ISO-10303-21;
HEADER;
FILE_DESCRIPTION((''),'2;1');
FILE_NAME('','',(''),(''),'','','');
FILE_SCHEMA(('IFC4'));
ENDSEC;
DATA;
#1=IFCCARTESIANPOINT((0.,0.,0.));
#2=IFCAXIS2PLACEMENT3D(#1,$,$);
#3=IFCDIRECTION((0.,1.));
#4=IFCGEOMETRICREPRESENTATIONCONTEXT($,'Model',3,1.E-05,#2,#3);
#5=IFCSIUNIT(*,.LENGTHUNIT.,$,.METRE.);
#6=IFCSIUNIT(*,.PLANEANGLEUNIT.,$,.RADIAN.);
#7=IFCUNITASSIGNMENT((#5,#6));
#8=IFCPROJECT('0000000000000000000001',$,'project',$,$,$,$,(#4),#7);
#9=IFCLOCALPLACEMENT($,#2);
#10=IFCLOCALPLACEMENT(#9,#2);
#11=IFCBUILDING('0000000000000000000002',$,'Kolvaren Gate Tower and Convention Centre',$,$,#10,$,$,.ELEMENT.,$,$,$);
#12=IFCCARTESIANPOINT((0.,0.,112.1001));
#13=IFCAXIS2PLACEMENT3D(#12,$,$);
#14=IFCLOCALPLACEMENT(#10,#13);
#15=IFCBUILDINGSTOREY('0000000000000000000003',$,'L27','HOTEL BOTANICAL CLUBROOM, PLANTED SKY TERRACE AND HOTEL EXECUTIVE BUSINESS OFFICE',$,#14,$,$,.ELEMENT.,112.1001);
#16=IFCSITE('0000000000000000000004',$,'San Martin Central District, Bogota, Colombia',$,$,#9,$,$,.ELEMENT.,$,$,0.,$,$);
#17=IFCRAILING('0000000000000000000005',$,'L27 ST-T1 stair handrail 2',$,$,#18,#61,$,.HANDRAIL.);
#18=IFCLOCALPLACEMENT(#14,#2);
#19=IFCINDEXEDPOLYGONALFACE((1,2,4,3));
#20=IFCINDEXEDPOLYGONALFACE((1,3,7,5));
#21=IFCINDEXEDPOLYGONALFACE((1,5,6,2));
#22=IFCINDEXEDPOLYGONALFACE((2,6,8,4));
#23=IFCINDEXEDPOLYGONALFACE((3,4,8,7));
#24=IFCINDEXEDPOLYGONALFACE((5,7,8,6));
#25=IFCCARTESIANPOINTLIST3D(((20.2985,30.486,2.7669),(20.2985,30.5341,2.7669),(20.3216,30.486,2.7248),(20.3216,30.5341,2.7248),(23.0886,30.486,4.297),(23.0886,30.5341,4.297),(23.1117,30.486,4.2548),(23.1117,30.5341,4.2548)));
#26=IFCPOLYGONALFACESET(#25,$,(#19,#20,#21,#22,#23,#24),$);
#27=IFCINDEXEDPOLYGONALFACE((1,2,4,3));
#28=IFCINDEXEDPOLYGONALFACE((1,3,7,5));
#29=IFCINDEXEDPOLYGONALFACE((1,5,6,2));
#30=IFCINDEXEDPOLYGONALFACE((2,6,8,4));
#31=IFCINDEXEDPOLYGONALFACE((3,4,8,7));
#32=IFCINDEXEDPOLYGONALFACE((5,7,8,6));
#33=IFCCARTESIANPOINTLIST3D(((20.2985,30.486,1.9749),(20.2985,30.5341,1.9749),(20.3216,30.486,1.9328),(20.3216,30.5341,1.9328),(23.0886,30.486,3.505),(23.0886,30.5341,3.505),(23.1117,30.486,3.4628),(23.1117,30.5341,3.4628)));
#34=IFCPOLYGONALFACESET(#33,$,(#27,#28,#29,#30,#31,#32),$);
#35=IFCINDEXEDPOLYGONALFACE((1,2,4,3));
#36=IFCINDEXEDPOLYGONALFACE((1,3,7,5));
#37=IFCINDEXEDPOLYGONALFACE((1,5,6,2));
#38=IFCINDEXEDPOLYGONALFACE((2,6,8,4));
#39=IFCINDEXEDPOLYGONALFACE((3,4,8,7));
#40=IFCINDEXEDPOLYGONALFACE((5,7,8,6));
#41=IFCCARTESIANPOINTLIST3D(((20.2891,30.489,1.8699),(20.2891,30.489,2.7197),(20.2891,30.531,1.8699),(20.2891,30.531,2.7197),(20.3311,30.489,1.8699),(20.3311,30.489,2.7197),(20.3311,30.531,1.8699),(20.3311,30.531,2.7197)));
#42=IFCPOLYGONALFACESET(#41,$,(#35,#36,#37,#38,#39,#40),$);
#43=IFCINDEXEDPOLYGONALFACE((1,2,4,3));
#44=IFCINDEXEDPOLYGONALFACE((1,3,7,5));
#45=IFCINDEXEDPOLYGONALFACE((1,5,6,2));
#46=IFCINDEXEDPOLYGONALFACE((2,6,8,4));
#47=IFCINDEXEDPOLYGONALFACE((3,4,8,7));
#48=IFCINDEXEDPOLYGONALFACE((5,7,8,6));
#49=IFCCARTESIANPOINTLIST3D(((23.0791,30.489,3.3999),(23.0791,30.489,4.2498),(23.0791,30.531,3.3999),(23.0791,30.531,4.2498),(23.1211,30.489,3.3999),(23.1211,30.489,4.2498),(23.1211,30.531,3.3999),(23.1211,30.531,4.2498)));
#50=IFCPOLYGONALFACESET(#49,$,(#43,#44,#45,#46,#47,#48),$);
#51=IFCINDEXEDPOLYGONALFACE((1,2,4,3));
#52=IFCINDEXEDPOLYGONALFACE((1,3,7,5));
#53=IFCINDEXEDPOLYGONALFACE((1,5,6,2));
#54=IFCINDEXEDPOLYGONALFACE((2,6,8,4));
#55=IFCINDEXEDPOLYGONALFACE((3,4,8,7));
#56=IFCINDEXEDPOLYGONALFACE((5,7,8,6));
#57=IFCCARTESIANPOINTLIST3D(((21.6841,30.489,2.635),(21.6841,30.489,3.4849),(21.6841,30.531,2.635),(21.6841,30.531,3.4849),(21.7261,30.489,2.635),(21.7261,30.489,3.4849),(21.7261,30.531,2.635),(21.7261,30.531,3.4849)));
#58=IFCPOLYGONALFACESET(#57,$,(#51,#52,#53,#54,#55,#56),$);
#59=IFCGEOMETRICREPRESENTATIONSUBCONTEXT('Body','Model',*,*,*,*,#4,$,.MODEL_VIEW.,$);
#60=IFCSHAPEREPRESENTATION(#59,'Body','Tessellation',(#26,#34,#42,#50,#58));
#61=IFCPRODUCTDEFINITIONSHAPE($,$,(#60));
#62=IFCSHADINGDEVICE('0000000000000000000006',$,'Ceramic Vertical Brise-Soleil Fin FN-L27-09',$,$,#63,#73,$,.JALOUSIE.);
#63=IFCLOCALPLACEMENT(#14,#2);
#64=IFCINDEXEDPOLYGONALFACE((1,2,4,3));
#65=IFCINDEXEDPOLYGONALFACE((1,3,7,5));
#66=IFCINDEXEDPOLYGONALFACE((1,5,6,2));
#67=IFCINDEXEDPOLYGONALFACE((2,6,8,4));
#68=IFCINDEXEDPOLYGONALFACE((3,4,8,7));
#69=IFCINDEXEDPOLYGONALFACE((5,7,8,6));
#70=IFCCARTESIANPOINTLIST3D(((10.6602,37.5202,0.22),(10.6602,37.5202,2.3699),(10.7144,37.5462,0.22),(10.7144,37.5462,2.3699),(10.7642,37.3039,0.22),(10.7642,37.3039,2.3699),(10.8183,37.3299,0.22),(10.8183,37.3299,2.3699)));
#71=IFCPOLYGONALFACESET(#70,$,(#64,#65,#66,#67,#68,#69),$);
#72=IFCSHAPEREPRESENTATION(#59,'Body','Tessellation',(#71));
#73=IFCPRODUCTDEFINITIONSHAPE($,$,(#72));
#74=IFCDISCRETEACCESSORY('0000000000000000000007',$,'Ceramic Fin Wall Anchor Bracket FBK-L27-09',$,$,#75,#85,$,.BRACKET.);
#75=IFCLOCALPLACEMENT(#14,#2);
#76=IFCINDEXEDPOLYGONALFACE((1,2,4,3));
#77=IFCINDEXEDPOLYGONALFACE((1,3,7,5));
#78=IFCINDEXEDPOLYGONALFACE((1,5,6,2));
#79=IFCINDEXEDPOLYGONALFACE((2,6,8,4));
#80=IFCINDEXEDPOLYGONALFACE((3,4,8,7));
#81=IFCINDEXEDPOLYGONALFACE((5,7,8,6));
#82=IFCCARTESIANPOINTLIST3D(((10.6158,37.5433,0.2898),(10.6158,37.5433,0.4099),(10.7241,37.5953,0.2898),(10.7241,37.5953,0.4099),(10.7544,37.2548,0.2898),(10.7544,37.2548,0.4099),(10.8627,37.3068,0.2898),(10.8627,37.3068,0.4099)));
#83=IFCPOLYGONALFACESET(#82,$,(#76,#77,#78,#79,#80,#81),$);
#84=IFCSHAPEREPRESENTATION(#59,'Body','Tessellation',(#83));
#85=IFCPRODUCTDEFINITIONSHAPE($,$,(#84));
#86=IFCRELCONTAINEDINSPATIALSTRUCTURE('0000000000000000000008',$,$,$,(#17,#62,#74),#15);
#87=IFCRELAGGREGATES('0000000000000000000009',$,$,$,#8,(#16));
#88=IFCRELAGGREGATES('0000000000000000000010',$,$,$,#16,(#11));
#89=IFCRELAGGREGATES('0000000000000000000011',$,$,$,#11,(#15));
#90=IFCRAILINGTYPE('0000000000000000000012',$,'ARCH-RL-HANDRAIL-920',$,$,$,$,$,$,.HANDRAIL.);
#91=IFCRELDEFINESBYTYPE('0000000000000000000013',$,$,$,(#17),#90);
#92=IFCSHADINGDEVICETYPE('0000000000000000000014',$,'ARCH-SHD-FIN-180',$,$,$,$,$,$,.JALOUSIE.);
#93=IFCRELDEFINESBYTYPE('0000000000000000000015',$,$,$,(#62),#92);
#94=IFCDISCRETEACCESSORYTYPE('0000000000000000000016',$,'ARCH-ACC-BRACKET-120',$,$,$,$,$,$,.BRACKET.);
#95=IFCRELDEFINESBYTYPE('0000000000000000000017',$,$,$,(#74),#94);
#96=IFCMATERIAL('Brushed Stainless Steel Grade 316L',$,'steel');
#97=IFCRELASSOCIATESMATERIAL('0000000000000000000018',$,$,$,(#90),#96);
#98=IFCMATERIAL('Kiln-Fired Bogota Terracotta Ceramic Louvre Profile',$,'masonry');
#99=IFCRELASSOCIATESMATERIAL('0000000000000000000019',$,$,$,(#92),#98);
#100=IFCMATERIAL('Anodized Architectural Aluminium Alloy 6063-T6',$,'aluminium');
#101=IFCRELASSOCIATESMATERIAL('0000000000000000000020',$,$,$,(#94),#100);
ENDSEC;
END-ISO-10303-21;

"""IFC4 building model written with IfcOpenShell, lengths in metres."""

from ifc_helpers import new_model, si_unit, direction, frame, origin, origin_2d, place, context, subcontext, project, spatial, rectangle, extrude, material, type_object, element, save


model = new_model("IFC4")

# Units and contexts
model_context = context("Model", 3, precision=1e-05, world=origin(), true_north=direction((0.0, 1.0)))
body_context = subcontext(model_context, "Body", "Model", "MODEL_VIEW")
ifc_project = project(units=[si_unit("LENGTHUNIT", "METRE"), si_unit("PLANEANGLEUNIT", "RADIAN")], contexts=[model_context])

# Site, building, storey
site_placement = place(None, origin())
site = spatial("IfcSite", under=ifc_project, at=site_placement, Name="San Martin Central District, Bogota, Colombia", CompositionType="ELEMENT", RefElevation=0.0)
building_placement = place(site_placement, origin())
building = spatial("IfcBuilding", under=site, at=building_placement, Name="Kolvaren Gate Tower and Convention Centre", CompositionType="ELEMENT")
storey_placement = place(building_placement, frame((0.0, 0.0, 112.1001)))
storey = spatial("IfcBuildingStorey", under=building, at=storey_placement, Name="L27", Description="HOTEL BOTANICAL CLUBROOM, PLANTED SKY TERRACE AND HOTEL EXECUTIVE BUSINESS OFFICE", CompositionType="ELEMENT", Elevation=112.1001)

# Railing
ifc_material_1 = material(Name="Brushed Stainless Steel Grade 316L", Category="steel")
railing_type_1 = type_object("IfcRailingType", Name="ARCH-RL-HANDRAIL-920", PredefinedType="HANDRAIL", material=ifc_material_1)
railing_1_placement = place(storey_placement, frame((20.3101, 30.51, 1.8699)))
element("IfcRailing", 1, at=railing_1_placement, inside=storey, type_object=railing_type_1, Name="L27 ST-T1 stair handrail 2", PredefinedType="HANDRAIL", context=body_context, shape_type="SweptSolid", body=[
    extrude(rectangle(XDim=0.0481, YDim=0.0481, at=origin_2d()), frame((0.0, 0.0, 0.876), z_axis=(0.876811, 0.0, 0.480835), x_axis=(0.0, 1.0, 0.0)), (0.0, 0.0, 1.0), 3.1821),
    extrude(rectangle(XDim=0.0481, YDim=0.0481, at=origin_2d()), frame((0.0, 0.0, 0.084), z_axis=(0.876811, 0.0, 0.480835), x_axis=(0.0, 1.0, 0.0)), (0.0, 0.0, 1.0), 3.1821),
    extrude(rectangle(XDim=0.042, YDim=0.042, at=origin_2d()), origin(), (0.0, 0.0, 1.0), 0.8499),
    extrude(rectangle(XDim=0.042, YDim=0.042, at=origin_2d()), frame((2.79, 0.0, 1.53)), (0.0, 0.0, 1.0), 0.8499),
    extrude(rectangle(XDim=0.042, YDim=0.042, at=origin_2d()), frame((1.395, 0.0, 0.7651)), (0.0, 0.0, 1.0), 0.8499),
])

# Shading device
ifc_material_2 = material(Name="Kiln-Fired Bogota Terracotta Ceramic Louvre Profile", Category="masonry")
shading_device_type = type_object("IfcShadingDeviceType", Name="ARCH-SHD-FIN-180", PredefinedType="JALOUSIE", material=ifc_material_2)
shading_device_placement = place(storey_placement, frame((10.7393, 37.425, 0.22), z_axis=(0.0, 0.0, 1.0), x_axis=(0.901363, 0.433065, 0.0)))
element("IfcShadingDevice", 2, at=shading_device_placement, inside=storey, type_object=shading_device_type, Name="Ceramic Vertical Brise-Soleil Fin FN-L27-09", PredefinedType="JALOUSIE", context=body_context, shape_type="SweptSolid", body=[
    extrude(rectangle(XDim=0.0601, YDim=0.24, at=origin_2d()), origin(), (0.0, 0.0, 1.0), 2.1499),
])

# Discrete accessory
ifc_material_3 = material(Name="Anodized Architectural Aluminium Alloy 6063-T6", Category="aluminium")
discrete_accessory_type = type_object("IfcDiscreteAccessoryType", Name="ARCH-ACC-BRACKET-120", PredefinedType="BRACKET", material=ifc_material_3)
discrete_accessory_placement = place(storey_placement, frame((10.7393, 37.425, 0.2898), z_axis=(0.0, 0.0, 1.0), x_axis=(0.901363, 0.433065, 0.0)))
element("IfcDiscreteAccessory", 3, at=discrete_accessory_placement, inside=storey, type_object=discrete_accessory_type, Name="Ceramic Fin Wall Anchor Bracket FBK-L27-09", PredefinedType="BRACKET", context=body_context, shape_type="SweptSolid", body=[
    extrude(rectangle(XDim=0.1201, YDim=0.3201, at=origin_2d()), origin(), (0.0, 0.0, 1.0), 0.1201),
])

save(model, "model.ifc")
